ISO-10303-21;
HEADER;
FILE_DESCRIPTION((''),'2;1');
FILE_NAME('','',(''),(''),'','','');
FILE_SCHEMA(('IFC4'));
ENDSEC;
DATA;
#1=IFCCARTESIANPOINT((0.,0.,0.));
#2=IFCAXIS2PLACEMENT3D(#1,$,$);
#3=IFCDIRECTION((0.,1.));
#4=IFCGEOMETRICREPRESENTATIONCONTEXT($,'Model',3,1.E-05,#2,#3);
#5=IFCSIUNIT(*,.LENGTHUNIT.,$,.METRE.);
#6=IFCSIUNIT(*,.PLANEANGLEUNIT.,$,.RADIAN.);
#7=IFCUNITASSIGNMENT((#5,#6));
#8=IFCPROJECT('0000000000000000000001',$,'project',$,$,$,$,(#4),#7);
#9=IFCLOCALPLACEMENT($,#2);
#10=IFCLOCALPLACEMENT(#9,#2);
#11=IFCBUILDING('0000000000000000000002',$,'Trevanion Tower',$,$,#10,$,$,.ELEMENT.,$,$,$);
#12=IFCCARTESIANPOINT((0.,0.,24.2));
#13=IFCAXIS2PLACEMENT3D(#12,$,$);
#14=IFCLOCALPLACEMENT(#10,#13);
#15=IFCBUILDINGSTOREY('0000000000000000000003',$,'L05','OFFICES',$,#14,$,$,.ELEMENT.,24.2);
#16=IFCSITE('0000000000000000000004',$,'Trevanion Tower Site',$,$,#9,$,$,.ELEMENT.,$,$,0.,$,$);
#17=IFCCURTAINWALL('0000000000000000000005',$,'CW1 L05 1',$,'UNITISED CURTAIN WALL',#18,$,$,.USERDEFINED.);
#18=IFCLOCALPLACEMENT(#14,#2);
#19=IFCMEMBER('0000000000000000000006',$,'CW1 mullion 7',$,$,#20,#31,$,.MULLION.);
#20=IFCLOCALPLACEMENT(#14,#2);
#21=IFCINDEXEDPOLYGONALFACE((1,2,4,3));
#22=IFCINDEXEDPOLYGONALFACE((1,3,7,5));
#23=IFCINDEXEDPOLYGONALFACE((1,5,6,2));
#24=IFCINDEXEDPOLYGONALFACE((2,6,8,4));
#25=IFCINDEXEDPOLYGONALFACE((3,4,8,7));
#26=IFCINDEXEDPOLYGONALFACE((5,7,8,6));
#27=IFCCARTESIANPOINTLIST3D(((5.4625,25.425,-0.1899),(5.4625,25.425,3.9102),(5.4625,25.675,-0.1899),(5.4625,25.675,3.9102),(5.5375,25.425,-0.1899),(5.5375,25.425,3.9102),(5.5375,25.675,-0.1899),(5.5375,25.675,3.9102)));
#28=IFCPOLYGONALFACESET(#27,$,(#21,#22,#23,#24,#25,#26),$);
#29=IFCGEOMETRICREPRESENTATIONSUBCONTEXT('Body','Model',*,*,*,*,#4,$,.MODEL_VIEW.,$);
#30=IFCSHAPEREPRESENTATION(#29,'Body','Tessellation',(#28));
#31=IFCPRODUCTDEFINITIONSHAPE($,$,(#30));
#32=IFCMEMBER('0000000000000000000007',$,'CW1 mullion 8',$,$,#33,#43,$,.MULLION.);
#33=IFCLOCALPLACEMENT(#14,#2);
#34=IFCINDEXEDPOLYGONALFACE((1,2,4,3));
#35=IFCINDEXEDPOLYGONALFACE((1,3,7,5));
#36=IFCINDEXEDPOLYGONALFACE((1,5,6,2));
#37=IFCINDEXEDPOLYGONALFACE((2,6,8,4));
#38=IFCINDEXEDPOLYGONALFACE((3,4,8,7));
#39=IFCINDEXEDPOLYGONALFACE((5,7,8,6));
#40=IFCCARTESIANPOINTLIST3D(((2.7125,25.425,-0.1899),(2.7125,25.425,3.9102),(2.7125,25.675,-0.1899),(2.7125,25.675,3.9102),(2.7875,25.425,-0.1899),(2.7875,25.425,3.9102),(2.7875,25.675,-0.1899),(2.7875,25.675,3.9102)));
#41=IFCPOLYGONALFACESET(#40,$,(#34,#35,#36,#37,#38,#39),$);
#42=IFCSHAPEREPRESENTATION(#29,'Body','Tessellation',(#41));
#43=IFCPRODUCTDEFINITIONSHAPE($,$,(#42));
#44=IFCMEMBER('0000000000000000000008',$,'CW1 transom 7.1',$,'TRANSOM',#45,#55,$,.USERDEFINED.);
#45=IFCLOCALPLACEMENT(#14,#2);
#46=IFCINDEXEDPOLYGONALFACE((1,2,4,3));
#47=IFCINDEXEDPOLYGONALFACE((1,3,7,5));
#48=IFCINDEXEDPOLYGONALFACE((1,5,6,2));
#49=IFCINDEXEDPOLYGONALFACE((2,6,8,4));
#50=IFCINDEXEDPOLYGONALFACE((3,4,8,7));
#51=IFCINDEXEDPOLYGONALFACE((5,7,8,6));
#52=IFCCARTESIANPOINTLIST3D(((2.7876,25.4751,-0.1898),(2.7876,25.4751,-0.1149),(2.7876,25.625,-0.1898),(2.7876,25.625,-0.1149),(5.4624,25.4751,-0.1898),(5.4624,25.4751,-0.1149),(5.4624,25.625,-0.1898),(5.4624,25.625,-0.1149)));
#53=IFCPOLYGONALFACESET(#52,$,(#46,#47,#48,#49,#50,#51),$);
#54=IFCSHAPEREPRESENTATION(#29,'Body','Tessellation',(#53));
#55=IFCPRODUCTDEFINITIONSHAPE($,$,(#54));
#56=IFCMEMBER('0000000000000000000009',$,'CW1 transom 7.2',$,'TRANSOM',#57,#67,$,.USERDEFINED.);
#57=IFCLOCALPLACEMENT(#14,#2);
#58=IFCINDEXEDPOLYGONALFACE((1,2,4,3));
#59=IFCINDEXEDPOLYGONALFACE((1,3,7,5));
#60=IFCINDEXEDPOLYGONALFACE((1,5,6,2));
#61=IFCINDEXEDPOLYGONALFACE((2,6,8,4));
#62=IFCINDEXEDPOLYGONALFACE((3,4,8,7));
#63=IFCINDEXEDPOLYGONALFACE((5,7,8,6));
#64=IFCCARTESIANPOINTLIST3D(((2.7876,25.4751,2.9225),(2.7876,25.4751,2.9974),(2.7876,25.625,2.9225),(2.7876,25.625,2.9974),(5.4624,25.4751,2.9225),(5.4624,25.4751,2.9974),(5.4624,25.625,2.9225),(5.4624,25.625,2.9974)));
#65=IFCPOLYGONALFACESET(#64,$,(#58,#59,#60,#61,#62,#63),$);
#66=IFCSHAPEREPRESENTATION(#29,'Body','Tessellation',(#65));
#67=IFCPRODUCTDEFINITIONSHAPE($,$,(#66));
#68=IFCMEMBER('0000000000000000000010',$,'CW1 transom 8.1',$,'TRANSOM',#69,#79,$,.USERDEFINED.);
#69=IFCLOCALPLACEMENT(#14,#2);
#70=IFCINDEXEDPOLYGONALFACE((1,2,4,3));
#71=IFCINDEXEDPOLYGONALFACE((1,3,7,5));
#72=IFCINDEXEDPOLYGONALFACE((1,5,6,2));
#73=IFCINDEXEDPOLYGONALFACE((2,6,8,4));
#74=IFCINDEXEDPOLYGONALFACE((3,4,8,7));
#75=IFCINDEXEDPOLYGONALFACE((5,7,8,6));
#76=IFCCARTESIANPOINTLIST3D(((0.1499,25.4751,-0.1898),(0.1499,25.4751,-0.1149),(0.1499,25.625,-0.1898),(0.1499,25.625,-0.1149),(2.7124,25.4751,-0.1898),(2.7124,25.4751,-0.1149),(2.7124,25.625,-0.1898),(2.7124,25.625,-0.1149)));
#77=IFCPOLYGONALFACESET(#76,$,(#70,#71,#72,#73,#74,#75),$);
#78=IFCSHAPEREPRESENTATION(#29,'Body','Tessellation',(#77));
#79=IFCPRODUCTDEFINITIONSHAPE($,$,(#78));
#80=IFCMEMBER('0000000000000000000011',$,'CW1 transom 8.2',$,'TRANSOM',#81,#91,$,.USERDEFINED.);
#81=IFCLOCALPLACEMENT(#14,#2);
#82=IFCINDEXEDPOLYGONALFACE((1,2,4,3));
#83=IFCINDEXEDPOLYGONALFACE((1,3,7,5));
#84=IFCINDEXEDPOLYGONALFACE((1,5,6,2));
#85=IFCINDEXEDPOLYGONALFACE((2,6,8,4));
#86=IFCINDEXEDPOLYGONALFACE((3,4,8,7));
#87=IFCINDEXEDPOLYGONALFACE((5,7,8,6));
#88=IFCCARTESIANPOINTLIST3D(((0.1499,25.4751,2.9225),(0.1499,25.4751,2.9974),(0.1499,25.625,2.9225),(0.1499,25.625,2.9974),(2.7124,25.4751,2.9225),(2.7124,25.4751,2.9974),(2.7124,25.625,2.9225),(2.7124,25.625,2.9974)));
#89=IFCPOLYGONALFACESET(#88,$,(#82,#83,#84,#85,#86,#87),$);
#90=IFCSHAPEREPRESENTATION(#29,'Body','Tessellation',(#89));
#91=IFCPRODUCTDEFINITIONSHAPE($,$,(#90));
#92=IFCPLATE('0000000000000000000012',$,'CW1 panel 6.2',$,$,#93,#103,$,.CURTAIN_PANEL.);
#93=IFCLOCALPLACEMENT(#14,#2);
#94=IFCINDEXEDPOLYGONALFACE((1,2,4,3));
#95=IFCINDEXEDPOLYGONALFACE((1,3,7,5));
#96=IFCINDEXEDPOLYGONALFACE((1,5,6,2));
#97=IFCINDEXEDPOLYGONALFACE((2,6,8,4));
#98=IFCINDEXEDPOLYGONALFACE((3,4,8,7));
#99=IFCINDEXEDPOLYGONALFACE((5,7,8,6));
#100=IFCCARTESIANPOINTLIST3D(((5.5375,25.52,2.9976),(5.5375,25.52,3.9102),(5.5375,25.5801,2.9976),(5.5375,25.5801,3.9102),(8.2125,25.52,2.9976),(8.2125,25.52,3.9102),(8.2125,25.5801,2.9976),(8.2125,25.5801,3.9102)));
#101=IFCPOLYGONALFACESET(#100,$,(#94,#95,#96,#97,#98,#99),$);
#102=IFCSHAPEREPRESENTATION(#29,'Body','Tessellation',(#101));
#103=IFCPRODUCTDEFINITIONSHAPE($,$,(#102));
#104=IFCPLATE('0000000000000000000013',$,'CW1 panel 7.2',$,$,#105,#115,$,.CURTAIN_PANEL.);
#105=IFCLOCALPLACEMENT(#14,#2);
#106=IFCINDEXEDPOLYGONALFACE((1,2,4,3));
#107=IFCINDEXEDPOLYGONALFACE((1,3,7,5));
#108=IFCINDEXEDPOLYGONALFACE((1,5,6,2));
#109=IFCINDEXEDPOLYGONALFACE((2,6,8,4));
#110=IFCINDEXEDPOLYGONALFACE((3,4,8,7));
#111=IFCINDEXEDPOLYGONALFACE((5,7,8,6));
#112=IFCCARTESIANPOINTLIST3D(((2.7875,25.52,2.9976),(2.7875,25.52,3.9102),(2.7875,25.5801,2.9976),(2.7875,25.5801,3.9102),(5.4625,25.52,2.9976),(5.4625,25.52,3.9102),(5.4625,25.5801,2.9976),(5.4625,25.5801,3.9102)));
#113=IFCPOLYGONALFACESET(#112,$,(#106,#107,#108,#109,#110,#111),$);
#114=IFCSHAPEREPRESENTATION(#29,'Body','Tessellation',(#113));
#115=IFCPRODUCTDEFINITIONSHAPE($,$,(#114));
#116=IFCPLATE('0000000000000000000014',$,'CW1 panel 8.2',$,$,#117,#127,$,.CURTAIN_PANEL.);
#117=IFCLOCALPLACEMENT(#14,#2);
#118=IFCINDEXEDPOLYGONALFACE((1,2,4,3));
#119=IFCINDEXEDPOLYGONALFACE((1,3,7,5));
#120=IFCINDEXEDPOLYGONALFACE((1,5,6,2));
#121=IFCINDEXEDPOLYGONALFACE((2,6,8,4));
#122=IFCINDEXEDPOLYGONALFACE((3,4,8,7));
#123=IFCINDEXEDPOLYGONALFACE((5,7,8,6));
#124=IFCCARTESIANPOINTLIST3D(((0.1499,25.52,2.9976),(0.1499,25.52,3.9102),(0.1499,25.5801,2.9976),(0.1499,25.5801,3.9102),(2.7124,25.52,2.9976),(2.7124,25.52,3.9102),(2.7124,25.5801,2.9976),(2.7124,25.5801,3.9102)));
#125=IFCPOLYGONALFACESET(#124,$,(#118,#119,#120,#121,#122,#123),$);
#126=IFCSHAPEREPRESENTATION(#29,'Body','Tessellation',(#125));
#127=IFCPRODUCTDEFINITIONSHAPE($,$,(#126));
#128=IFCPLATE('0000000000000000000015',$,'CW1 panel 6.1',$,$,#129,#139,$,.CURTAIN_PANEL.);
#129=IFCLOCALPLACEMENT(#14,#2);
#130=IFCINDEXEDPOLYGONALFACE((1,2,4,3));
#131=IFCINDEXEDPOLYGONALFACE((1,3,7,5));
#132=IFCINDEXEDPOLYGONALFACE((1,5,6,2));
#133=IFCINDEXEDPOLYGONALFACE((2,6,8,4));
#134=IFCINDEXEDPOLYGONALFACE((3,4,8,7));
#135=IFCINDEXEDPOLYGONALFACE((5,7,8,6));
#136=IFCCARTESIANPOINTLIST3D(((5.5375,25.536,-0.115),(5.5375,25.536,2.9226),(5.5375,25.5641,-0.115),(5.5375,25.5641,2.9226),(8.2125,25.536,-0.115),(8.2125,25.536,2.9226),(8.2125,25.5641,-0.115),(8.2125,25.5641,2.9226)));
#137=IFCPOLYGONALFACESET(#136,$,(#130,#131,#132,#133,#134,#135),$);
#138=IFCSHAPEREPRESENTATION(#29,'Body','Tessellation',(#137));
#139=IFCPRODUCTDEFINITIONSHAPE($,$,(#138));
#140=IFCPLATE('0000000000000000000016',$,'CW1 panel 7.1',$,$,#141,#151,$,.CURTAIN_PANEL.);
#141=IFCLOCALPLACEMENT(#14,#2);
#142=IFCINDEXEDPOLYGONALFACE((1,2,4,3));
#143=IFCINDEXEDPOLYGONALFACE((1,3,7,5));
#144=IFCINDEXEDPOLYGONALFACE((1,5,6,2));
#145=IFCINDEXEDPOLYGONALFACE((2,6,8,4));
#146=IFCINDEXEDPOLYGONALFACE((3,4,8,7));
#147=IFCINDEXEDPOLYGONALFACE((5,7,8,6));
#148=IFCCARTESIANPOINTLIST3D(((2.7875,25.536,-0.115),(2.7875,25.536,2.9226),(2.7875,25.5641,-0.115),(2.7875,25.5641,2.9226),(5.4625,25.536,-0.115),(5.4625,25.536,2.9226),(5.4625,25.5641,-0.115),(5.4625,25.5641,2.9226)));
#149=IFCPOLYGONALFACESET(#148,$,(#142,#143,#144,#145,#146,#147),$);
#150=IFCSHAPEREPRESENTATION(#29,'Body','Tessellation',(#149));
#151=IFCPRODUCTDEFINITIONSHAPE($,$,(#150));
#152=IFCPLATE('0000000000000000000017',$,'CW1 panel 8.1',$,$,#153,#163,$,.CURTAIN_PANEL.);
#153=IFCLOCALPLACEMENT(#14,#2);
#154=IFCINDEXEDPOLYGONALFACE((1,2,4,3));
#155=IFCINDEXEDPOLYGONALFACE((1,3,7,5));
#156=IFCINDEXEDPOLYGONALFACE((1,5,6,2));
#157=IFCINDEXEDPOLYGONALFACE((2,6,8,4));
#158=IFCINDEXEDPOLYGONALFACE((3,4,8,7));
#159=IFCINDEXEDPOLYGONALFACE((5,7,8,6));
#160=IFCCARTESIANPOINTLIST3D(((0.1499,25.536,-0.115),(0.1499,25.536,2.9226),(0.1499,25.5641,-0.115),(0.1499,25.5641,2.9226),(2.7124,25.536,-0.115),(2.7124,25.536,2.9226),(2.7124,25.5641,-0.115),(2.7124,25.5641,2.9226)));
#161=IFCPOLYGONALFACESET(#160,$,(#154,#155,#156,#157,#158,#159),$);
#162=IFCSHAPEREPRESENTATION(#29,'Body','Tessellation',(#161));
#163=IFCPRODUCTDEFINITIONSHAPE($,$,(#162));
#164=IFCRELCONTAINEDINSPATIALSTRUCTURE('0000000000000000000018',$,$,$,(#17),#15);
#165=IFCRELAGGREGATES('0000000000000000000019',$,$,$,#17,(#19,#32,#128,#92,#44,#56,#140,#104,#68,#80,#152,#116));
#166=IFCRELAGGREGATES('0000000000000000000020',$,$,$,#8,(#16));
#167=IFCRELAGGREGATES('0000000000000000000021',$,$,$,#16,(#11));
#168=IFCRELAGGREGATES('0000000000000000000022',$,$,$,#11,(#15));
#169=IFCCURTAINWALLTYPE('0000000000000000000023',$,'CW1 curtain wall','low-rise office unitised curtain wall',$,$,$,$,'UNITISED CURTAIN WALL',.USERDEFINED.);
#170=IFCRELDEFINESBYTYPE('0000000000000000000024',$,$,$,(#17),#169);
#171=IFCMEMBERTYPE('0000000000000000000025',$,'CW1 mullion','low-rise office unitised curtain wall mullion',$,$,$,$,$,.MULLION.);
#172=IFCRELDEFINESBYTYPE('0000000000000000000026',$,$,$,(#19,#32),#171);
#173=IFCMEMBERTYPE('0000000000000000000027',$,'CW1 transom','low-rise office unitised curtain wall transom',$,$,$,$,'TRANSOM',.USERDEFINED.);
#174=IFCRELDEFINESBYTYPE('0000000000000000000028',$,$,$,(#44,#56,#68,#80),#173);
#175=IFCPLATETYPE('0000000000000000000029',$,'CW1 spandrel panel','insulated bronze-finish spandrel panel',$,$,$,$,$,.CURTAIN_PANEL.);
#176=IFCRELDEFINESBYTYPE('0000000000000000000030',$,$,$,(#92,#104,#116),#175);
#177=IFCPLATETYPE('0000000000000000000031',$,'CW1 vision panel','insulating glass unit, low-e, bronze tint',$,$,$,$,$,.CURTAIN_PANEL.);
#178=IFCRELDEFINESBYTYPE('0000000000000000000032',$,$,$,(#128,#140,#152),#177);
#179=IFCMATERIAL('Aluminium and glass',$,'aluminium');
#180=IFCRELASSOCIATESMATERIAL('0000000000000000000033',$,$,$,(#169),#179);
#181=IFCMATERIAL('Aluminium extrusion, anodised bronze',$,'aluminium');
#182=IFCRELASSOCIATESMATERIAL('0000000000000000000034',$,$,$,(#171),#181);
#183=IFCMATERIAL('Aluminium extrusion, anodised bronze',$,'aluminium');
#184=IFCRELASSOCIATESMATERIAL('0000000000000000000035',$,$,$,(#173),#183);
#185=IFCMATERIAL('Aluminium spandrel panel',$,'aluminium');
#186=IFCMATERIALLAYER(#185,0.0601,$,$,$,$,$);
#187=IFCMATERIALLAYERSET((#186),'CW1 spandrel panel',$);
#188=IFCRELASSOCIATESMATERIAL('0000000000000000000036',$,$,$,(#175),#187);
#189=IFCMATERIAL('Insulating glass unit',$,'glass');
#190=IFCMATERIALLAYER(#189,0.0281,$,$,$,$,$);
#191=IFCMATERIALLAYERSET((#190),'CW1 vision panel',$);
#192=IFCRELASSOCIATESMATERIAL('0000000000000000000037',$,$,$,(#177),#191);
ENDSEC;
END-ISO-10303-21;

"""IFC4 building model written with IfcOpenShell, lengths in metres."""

from ifc_helpers import new_model, si_unit, direction, frame, origin, origin_2d, place, context, subcontext, project, spatial, rectangle, extrude, material, layer, layer_set, material_profile, profile_set, type_object, element, aggregate, save


model = new_model("IFC4")

# Units and contexts
model_context = context("Model", 3, precision=1e-05, world=origin(), true_north=direction((0.0, 1.0)))
body_context = subcontext(model_context, "Body", "Model", "MODEL_VIEW")
ifc_project = project(units=[si_unit("LENGTHUNIT", "METRE"), si_unit("PLANEANGLEUNIT", "RADIAN")], contexts=[model_context])

# Site, building, storey
site_placement = place(None, origin())
site = spatial("IfcSite", under=ifc_project, at=site_placement, Name="Trevanion Tower Site", CompositionType="ELEMENT", RefElevation=0.0)
building_placement = place(site_placement, origin())
building = spatial("IfcBuilding", under=site, at=building_placement, Name="Trevanion Tower", CompositionType="ELEMENT")
storey_placement = place(building_placement, frame((0.0, 0.0, 24.2)))
storey = spatial("IfcBuildingStorey", under=building, at=storey_placement, Name="L05", Description="OFFICES", CompositionType="ELEMENT", Elevation=24.2)

# Curtain wall, members, plates
ifc_material_1 = material(Name="Aluminium and glass", Category="aluminium")
curtain_wall_type = type_object("IfcCurtainWallType", Name="CW1 curtain wall", Description="low-rise office unitised curtain wall", ElementType="UNITISED CURTAIN WALL", PredefinedType="USERDEFINED", material=ifc_material_1)
curtain_wall_placement = place(storey_placement, origin())
curtain_wall = element("IfcCurtainWall", 1, at=curtain_wall_placement, inside=storey, type_object=curtain_wall_type, Name="CW1 L05 1", ObjectType="UNITISED CURTAIN WALL", PredefinedType="USERDEFINED")
ifc_material_2 = material(Name="Aluminium extrusion, anodised bronze", Category="aluminium")
ifc_material_profile_1 = material_profile(ifc_material_2, rectangle(XDim=0.075, YDim=0.25, at=origin_2d()), Name="CW1 mullion")
ifc_profile_set_1 = profile_set([ifc_material_profile_1], Name="Aluminium extrusion, anodised bronze")
member_type_1 = type_object("IfcMemberType", Name="CW1 mullion", Description="low-rise office unitised curtain wall mullion", PredefinedType="MULLION", material=ifc_profile_set_1)
member_1_placement = place(storey_placement, frame((5.5, 25.55, -0.1899), z_axis=(0.0, 0.0, 1.0), x_axis=(-1.0, 0.0, 0.0)))
member_1 = element("IfcMember", 2, at=member_1_placement, type_object=member_type_1, Name="CW1 mullion 7", PredefinedType="MULLION", context=body_context, shape_type="SweptSolid", body=[
    extrude(rectangle(XDim=0.075, YDim=0.25, at=origin_2d()), origin(), (0.0, 0.0, 1.0), 4.1001),
])
member_2_placement = place(storey_placement, frame((2.75, 25.55, -0.1899), z_axis=(0.0, 0.0, 1.0), x_axis=(-1.0, 0.0, 0.0)))
member_2 = element("IfcMember", 3, at=member_2_placement, type_object=member_type_1, Name="CW1 mullion 8", PredefinedType="MULLION", context=body_context, shape_type="SweptSolid", body=[
    extrude(rectangle(XDim=0.075, YDim=0.25, at=origin_2d()), origin(), (0.0, 0.0, 1.0), 4.1001),
])
ifc_material_3 = material(Name="Aluminium extrusion, anodised bronze", Category="aluminium")
ifc_material_profile_2 = material_profile(ifc_material_3, rectangle(XDim=0.1499, YDim=0.075, at=origin_2d()), Name="CW1 transom")
ifc_profile_set_2 = profile_set([ifc_material_profile_2], Name="Aluminium extrusion, anodised bronze")
member_type_2 = type_object("IfcMemberType", Name="CW1 transom", Description="low-rise office unitised curtain wall transom", ElementType="TRANSOM", PredefinedType="USERDEFINED", material=ifc_profile_set_2)
member_3_placement = place(storey_placement, frame((5.4624, 25.55, -0.1523), z_axis=(-1.0, 0.0, 0.0), x_axis=(0.0, -1.0, 0.0)))
member_3 = element("IfcMember", 4, at=member_3_placement, type_object=member_type_2, Name="CW1 transom 7.1", ObjectType="TRANSOM", PredefinedType="USERDEFINED", context=body_context, shape_type="SweptSolid", body=[
    extrude(rectangle(XDim=0.1499, YDim=0.075, at=origin_2d()), origin(), (0.0, 0.0, 1.0), 2.6748),
])
member_4_placement = place(storey_placement, frame((5.4624, 25.55, 2.96), z_axis=(-1.0, 0.0, 0.0), x_axis=(0.0, -1.0, 0.0)))
member_4 = element("IfcMember", 5, at=member_4_placement, type_object=member_type_2, Name="CW1 transom 7.2", ObjectType="TRANSOM", PredefinedType="USERDEFINED", context=body_context, shape_type="SweptSolid", body=[
    extrude(rectangle(XDim=0.1499, YDim=0.075, at=origin_2d()), origin(), (0.0, 0.0, 1.0), 2.6748),
])
member_5_placement = place(storey_placement, frame((2.7124, 25.55, -0.1523), z_axis=(-1.0, 0.0, 0.0), x_axis=(0.0, -1.0, 0.0)))
member_5 = element("IfcMember", 6, at=member_5_placement, type_object=member_type_2, Name="CW1 transom 8.1", ObjectType="TRANSOM", PredefinedType="USERDEFINED", context=body_context, shape_type="SweptSolid", body=[
    extrude(rectangle(XDim=0.1499, YDim=0.075, at=origin_2d()), origin(), (0.0, 0.0, 1.0), 2.5625),
])
member_6_placement = place(storey_placement, frame((2.7124, 25.55, 2.96), z_axis=(-1.0, 0.0, 0.0), x_axis=(0.0, -1.0, 0.0)))
member_6 = element("IfcMember", 7, at=member_6_placement, type_object=member_type_2, Name="CW1 transom 8.2", ObjectType="TRANSOM", PredefinedType="USERDEFINED", context=body_context, shape_type="SweptSolid", body=[
    extrude(rectangle(XDim=0.1499, YDim=0.075, at=origin_2d()), origin(), (0.0, 0.0, 1.0), 2.5625),
])
ifc_material_4 = material(Name="Aluminium spandrel panel", Category="aluminium")
ifc_layer_1 = layer(ifc_material_4, 0.0601)
ifc_layer_set_1 = layer_set([ifc_layer_1], Name="CW1 spandrel panel")
plate_type_1 = type_object("IfcPlateType", Name="CW1 spandrel panel", Description="insulated bronze-finish spandrel panel", PredefinedType="CURTAIN_PANEL", material=ifc_layer_set_1)
plate_1_placement = place(storey_placement, frame((6.875, 25.55, 2.9976), z_axis=(0.0, 0.0, 1.0), x_axis=(-1.0, 0.0, 0.0)))
plate_1 = element("IfcPlate", 8, at=plate_1_placement, type_object=plate_type_1, Name="CW1 panel 6.2", PredefinedType="CURTAIN_PANEL", context=body_context, shape_type="SweptSolid", body=[
    extrude(rectangle(XDim=2.675, YDim=0.0601, at=origin_2d()), origin(), (0.0, 0.0, 1.0), 0.9126),
])
plate_2_placement = place(storey_placement, frame((4.125, 25.55, 2.9976), z_axis=(0.0, 0.0, 1.0), x_axis=(-1.0, 0.0, 0.0)))
plate_2 = element("IfcPlate", 9, at=plate_2_placement, type_object=plate_type_1, Name="CW1 panel 7.2", PredefinedType="CURTAIN_PANEL", context=body_context, shape_type="SweptSolid", body=[
    extrude(rectangle(XDim=2.675, YDim=0.0601, at=origin_2d()), origin(), (0.0, 0.0, 1.0), 0.9126),
])
plate_3_placement = place(storey_placement, frame((1.4312, 25.55, 2.9976), z_axis=(0.0, 0.0, 1.0), x_axis=(-1.0, 0.0, 0.0)))
plate_3 = element("IfcPlate", 10, at=plate_3_placement, type_object=plate_type_1, Name="CW1 panel 8.2", PredefinedType="CURTAIN_PANEL", context=body_context, shape_type="SweptSolid", body=[
    extrude(rectangle(XDim=2.5625, YDim=0.0601, at=origin_2d()), origin(), (0.0, 0.0, 1.0), 0.9126),
])
ifc_material_5 = material(Name="Insulating glass unit", Category="glass")
ifc_layer_2 = layer(ifc_material_5, 0.0281)
ifc_layer_set_2 = layer_set([ifc_layer_2], Name="CW1 vision panel")
plate_type_2 = type_object("IfcPlateType", Name="CW1 vision panel", Description="insulating glass unit, low-e, bronze tint", PredefinedType="CURTAIN_PANEL", material=ifc_layer_set_2)
plate_4_placement = place(storey_placement, frame((6.875, 25.55, -0.115), z_axis=(0.0, 0.0, 1.0), x_axis=(-1.0, 0.0, 0.0)))
plate_4 = element("IfcPlate", 11, at=plate_4_placement, type_object=plate_type_2, Name="CW1 panel 6.1", PredefinedType="CURTAIN_PANEL", context=body_context, shape_type="SweptSolid", body=[
    extrude(rectangle(XDim=2.675, YDim=0.0281, at=origin_2d()), origin(), (0.0, 0.0, 1.0), 3.0376),
])
plate_5_placement = place(storey_placement, frame((4.125, 25.55, -0.115), z_axis=(0.0, 0.0, 1.0), x_axis=(-1.0, 0.0, 0.0)))
plate_5 = element("IfcPlate", 12, at=plate_5_placement, type_object=plate_type_2, Name="CW1 panel 7.1", PredefinedType="CURTAIN_PANEL", context=body_context, shape_type="SweptSolid", body=[
    extrude(rectangle(XDim=2.675, YDim=0.0281, at=origin_2d()), origin(), (0.0, 0.0, 1.0), 3.0376),
])
plate_6_placement = place(storey_placement, frame((1.4312, 25.55, -0.115), z_axis=(0.0, 0.0, 1.0), x_axis=(-1.0, 0.0, 0.0)))
plate_6 = element("IfcPlate", 13, at=plate_6_placement, type_object=plate_type_2, Name="CW1 panel 8.1", PredefinedType="CURTAIN_PANEL", context=body_context, shape_type="SweptSolid", body=[
    extrude(rectangle(XDim=2.5625, YDim=0.0281, at=origin_2d()), origin(), (0.0, 0.0, 1.0), 3.0376),
])
aggregate(curtain_wall, [member_1, member_2, plate_4, plate_1, member_3, member_4, plate_5, plate_2, member_5, member_6, plate_6, plate_3])

save(model, "model.ifc")
